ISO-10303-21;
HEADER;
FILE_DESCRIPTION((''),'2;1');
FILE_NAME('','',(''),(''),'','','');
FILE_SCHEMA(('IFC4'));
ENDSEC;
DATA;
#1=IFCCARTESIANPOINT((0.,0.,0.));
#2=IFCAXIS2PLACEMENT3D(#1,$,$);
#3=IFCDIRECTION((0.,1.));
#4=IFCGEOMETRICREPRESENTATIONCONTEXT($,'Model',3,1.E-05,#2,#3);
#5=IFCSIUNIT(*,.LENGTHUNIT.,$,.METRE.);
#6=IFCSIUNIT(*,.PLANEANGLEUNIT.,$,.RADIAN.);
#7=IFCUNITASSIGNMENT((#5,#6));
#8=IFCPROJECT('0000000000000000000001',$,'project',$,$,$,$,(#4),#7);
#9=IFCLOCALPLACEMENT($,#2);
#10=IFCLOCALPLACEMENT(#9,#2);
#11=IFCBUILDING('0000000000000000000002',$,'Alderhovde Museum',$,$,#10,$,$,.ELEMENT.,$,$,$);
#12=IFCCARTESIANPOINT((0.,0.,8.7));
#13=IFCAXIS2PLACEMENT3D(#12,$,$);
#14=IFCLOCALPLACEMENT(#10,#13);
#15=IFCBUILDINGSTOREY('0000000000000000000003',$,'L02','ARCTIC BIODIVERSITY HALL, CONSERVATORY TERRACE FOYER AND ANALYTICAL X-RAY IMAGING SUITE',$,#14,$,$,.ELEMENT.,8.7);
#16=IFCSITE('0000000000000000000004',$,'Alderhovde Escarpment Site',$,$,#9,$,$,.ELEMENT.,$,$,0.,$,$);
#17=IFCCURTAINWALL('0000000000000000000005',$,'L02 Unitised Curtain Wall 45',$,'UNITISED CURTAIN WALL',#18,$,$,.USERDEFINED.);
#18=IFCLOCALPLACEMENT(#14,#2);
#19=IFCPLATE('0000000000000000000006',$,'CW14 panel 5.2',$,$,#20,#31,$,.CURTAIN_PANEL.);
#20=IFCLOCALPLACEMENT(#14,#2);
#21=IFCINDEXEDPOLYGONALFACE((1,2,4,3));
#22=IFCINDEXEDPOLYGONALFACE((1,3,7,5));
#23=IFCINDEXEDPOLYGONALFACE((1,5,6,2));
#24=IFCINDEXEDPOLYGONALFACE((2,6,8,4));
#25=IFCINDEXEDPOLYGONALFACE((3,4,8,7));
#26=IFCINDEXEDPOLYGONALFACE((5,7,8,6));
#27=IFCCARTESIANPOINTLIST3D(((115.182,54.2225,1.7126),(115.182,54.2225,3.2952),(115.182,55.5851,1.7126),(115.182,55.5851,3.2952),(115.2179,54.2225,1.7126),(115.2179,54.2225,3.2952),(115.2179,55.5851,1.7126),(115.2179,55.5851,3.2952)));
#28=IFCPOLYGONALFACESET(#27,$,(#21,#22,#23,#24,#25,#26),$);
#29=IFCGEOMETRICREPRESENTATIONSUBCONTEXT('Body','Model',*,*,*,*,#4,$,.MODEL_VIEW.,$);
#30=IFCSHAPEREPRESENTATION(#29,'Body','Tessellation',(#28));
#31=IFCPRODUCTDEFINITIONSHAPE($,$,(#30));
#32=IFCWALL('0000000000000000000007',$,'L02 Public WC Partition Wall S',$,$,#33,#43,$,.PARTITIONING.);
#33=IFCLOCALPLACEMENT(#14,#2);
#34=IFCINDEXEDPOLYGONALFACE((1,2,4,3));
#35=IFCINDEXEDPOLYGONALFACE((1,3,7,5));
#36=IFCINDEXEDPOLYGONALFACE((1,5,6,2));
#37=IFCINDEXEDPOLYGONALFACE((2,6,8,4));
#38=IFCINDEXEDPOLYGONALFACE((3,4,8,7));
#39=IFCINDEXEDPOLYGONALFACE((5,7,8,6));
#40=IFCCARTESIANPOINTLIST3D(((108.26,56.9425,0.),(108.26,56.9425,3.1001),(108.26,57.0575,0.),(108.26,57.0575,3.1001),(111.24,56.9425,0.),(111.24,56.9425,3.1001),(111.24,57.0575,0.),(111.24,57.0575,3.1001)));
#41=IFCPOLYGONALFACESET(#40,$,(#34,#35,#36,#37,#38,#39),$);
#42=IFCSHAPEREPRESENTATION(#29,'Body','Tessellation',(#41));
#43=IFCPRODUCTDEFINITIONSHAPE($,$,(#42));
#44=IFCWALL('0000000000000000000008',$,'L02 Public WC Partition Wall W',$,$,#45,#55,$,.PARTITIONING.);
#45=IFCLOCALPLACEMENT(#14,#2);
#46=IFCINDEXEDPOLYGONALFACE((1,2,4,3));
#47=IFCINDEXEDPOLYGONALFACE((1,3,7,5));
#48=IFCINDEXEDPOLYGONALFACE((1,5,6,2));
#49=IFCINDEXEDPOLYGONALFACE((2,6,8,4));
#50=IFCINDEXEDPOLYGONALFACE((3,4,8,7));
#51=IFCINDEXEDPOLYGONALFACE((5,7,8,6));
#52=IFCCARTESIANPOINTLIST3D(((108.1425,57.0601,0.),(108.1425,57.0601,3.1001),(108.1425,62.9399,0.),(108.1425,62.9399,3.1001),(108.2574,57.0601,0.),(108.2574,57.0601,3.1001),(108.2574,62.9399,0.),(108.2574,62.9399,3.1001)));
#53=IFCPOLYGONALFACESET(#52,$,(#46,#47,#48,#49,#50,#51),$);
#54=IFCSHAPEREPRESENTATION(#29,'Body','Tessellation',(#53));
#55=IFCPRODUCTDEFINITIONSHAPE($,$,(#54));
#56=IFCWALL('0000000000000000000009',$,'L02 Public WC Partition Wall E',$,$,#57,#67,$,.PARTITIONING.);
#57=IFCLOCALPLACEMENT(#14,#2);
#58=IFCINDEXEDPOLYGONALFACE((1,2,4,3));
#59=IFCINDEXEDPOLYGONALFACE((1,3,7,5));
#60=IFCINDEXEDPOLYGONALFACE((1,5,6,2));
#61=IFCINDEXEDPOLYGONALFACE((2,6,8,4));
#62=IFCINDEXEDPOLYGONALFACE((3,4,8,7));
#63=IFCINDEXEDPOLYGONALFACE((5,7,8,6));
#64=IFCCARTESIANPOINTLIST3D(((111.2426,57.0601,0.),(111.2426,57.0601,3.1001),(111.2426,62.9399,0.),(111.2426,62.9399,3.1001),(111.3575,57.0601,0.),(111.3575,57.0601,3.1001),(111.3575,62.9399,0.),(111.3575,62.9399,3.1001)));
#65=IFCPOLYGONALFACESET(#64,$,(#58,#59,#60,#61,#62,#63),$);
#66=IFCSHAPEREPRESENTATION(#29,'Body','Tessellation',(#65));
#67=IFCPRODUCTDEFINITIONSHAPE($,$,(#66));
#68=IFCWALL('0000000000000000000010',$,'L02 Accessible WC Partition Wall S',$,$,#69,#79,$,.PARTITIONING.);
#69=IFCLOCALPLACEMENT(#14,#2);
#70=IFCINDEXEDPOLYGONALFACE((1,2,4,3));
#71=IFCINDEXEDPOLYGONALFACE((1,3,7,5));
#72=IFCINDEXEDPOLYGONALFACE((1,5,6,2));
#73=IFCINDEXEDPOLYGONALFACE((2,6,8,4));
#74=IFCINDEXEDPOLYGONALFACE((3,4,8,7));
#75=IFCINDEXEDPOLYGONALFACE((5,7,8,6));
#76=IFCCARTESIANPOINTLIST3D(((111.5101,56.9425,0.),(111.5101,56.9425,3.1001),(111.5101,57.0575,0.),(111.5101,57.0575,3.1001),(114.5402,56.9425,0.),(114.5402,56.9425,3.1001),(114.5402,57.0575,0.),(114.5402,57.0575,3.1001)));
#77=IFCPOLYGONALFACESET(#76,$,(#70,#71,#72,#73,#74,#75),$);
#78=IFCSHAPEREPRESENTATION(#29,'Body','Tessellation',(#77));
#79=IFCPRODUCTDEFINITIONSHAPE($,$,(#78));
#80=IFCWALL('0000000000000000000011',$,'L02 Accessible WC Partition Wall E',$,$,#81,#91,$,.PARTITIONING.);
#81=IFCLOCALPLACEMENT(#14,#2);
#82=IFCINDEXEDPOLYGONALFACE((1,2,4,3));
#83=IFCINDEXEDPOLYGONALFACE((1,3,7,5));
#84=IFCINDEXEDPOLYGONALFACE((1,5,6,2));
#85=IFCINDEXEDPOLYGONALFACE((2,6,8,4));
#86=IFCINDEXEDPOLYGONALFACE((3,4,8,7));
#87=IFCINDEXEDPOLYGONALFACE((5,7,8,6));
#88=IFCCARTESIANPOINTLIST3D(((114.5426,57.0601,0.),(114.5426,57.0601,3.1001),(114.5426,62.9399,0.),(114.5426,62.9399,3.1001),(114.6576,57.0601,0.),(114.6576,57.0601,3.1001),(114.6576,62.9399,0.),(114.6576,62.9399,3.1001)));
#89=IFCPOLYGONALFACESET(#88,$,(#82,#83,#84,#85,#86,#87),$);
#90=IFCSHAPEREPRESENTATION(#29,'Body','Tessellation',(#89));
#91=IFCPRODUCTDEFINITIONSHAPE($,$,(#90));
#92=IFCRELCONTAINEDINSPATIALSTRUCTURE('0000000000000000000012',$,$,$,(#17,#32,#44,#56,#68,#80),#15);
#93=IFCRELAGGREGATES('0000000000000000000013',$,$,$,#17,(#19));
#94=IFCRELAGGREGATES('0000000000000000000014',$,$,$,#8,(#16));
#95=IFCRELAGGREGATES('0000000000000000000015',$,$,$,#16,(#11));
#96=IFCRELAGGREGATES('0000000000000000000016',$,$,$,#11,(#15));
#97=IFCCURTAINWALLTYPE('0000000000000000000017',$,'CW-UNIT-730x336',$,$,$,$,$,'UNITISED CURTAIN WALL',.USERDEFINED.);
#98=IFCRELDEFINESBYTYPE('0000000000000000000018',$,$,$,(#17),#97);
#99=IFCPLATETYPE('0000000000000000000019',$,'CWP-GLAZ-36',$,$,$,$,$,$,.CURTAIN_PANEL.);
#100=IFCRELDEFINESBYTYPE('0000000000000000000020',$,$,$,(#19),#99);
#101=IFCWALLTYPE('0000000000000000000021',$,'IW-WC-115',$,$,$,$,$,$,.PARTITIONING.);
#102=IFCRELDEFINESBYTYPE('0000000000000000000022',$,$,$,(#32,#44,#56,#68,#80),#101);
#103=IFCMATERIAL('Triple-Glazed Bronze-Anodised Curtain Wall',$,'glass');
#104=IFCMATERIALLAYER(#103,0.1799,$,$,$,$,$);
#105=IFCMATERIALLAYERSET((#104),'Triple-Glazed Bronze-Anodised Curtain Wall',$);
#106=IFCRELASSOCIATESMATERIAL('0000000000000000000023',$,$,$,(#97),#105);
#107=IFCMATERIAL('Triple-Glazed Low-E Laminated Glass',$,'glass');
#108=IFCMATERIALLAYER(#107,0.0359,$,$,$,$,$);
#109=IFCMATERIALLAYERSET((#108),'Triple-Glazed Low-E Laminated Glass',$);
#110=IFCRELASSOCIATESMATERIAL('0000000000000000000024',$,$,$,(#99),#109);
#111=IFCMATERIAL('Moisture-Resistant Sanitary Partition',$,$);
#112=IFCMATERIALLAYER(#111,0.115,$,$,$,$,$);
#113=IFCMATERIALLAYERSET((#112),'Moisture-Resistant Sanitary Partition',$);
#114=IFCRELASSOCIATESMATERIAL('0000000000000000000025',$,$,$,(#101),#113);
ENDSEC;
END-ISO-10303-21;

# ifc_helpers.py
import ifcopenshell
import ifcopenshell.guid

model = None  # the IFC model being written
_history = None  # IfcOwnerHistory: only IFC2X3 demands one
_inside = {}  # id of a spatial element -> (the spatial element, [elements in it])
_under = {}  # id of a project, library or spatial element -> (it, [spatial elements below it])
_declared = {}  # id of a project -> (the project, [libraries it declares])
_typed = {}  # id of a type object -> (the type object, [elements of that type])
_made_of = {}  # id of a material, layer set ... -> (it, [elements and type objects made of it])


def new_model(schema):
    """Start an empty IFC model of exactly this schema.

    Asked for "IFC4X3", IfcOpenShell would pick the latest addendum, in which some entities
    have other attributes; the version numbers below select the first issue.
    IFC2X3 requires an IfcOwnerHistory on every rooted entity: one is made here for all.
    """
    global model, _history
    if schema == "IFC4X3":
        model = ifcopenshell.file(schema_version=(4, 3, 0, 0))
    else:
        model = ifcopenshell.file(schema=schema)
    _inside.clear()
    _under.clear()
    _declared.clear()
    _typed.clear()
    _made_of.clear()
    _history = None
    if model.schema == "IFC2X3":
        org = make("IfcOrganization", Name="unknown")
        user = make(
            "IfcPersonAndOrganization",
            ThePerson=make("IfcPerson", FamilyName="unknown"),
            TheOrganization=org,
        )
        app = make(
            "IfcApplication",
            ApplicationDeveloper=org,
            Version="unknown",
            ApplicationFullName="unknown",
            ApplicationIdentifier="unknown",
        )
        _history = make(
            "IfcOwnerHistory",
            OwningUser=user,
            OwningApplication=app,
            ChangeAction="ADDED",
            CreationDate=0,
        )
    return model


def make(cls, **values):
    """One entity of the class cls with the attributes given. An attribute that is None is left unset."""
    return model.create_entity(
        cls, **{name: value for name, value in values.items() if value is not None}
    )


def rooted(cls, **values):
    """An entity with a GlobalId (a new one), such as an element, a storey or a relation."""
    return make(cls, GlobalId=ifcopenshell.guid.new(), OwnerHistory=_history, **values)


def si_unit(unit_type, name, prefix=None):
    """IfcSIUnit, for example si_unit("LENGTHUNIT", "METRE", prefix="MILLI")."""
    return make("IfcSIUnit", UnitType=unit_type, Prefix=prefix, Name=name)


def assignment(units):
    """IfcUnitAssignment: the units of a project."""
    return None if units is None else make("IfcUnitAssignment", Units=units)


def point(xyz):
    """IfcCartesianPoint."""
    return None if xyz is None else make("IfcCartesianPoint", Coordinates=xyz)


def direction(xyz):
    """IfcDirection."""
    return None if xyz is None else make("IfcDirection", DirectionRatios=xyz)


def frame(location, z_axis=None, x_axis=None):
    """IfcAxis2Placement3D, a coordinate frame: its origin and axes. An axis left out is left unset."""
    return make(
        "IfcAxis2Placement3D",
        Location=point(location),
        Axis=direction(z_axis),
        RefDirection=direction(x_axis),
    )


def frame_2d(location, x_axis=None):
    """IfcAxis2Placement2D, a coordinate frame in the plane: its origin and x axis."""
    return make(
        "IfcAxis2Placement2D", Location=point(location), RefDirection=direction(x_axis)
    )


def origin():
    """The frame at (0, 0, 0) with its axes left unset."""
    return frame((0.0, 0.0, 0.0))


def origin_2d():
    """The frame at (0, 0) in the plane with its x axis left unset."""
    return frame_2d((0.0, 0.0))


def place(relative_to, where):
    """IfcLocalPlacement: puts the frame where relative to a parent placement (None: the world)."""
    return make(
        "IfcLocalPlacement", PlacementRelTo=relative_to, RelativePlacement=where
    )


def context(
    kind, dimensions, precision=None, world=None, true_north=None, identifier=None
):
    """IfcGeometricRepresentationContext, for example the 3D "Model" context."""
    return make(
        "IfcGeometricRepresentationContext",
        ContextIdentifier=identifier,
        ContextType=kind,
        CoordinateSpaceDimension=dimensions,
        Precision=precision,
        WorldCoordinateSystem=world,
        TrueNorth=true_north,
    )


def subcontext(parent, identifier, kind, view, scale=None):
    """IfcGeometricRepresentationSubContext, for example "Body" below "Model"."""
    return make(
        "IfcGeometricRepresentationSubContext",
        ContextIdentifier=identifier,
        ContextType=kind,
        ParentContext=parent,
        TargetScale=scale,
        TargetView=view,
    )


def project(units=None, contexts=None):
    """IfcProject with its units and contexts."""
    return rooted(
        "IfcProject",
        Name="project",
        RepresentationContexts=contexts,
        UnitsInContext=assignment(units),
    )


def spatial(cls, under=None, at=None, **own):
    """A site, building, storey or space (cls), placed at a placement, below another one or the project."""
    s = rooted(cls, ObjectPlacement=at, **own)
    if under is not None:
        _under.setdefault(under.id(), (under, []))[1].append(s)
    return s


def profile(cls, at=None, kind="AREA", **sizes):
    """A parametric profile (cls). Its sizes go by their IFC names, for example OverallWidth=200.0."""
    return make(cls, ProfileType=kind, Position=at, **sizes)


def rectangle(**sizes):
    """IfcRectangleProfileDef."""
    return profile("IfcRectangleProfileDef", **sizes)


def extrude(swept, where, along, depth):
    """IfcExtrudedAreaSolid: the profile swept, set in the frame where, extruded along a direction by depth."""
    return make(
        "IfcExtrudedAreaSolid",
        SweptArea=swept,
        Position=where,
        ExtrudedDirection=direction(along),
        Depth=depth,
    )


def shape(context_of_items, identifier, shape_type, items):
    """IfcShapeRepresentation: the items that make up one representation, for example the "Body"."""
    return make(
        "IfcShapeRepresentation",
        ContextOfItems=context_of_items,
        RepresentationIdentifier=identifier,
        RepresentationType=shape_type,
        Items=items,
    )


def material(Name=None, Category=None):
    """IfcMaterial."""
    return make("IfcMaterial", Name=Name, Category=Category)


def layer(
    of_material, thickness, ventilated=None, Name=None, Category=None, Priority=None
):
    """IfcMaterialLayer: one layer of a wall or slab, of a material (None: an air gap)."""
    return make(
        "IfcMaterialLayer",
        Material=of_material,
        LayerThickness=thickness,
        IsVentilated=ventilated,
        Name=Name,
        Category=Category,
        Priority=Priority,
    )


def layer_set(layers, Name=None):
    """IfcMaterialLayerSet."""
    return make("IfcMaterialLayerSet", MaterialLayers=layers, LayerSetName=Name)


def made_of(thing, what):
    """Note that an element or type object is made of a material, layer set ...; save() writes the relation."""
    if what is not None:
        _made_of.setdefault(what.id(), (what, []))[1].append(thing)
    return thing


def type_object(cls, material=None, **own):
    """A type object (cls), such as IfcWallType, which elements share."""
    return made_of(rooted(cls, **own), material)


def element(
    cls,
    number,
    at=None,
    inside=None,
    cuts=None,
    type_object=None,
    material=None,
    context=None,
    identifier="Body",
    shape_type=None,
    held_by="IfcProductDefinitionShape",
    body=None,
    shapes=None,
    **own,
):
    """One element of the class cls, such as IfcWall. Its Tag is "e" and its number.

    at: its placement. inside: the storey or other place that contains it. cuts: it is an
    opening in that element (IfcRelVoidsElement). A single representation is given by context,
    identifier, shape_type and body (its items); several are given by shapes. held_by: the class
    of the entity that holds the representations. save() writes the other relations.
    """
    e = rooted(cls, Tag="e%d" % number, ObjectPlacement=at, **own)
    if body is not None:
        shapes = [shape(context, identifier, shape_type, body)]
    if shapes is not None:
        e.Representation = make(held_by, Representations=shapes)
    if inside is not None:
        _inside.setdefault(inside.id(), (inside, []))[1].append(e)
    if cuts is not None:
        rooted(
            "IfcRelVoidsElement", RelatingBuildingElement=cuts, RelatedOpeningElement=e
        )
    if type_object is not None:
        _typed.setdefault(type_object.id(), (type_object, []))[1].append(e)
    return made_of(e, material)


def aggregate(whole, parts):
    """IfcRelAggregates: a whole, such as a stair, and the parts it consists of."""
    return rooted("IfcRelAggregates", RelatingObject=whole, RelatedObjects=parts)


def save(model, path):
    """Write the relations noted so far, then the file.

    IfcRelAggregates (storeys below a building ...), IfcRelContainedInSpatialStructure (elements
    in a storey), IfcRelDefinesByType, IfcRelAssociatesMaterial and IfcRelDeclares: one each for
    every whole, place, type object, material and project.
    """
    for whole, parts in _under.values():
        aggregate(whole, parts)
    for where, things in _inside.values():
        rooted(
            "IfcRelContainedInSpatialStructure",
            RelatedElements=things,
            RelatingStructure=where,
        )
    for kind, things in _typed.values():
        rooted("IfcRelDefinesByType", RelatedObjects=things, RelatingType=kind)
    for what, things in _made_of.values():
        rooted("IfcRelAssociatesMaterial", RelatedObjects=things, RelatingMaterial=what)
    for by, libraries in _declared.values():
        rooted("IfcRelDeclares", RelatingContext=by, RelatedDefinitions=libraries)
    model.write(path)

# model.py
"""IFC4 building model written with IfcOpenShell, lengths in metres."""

from ifc_helpers import new_model, si_unit, direction, frame, frame_2d, origin, origin_2d, place, context, subcontext, project, spatial, rectangle, extrude, material, layer, layer_set, type_object, element, aggregate, save


model = new_model("IFC4")

# Units and contexts
model_context = context("Model", 3, precision=1e-05, world=origin(), true_north=direction((0.0, 1.0)))
body_context = subcontext(model_context, "Body", "Model", "MODEL_VIEW")
ifc_project = project(units=[si_unit("LENGTHUNIT", "METRE"), si_unit("PLANEANGLEUNIT", "RADIAN")], contexts=[model_context])

# Site, building, storey
site_placement = place(None, origin())
site = spatial("IfcSite", under=ifc_project, at=site_placement, Name="Alderhovde Escarpment Site", CompositionType="ELEMENT", RefElevation=0.0)
building_placement = place(site_placement, origin())
building = spatial("IfcBuilding", under=site, at=building_placement, Name="Alderhovde Museum", CompositionType="ELEMENT")
storey_placement = place(building_placement, frame((0.0, 0.0, 8.7)))
storey = spatial("IfcBuildingStorey", under=building, at=storey_placement, Name="L02", Description="ARCTIC BIODIVERSITY HALL, CONSERVATORY TERRACE FOYER AND ANALYTICAL X-RAY IMAGING SUITE", CompositionType="ELEMENT", Elevation=8.7)

# Curtain wall
ifc_material_1 = material(Name="Triple-Glazed Bronze-Anodised Curtain Wall", Category="glass")
ifc_layer_1 = layer(ifc_material_1, 0.1799)
ifc_layer_set_1 = layer_set([ifc_layer_1], Name="Triple-Glazed Bronze-Anodised Curtain Wall")
curtain_wall_type = type_object("IfcCurtainWallType", Name="CW-UNIT-730x336", ElementType="UNITISED CURTAIN WALL", PredefinedType="USERDEFINED", material=ifc_layer_set_1)
curtain_wall_placement = place(storey_placement, origin())
curtain_wall = element("IfcCurtainWall", 1, at=curtain_wall_placement, inside=storey, type_object=curtain_wall_type, Name="L02 Unitised Curtain Wall 45", ObjectType="UNITISED CURTAIN WALL", PredefinedType="USERDEFINED")

# Plate
ifc_material_2 = material(Name="Triple-Glazed Low-E Laminated Glass", Category="glass")
ifc_layer_2 = layer(ifc_material_2, 0.0359)
ifc_layer_set_2 = layer_set([ifc_layer_2], Name="Triple-Glazed Low-E Laminated Glass")
plate_type = type_object("IfcPlateType", Name="CWP-GLAZ-36", PredefinedType="CURTAIN_PANEL", material=ifc_layer_set_2)
plate_1_placement = place(storey_placement, frame((115.2, 54.9038, 1.7126), z_axis=(0.0, 0.0, 1.0), x_axis=(0.0, 1.0, 0.0)))
plate_1 = element("IfcPlate", 2, at=plate_1_placement, type_object=plate_type, Name="CW14 panel 5.2", PredefinedType="CURTAIN_PANEL", context=body_context, shape_type="SweptSolid", body=[
    extrude(rectangle(XDim=1.3625, YDim=0.0359, at=origin_2d()), origin(), (0.0, 0.0, 1.0), 1.5825),
])
aggregate(curtain_wall, [plate_1])

# Walls
ifc_material_3 = material(Name="Moisture-Resistant Sanitary Partition")
ifc_layer_3 = layer(ifc_material_3, 0.115)
ifc_layer_set_3 = layer_set([ifc_layer_3], Name="Moisture-Resistant Sanitary Partition")
wall_type = type_object("IfcWallType", Name="IW-WC-115", PredefinedType="PARTITIONING", material=ifc_layer_set_3)
wall_1_placement = place(storey_placement, frame((108.26, 57.0, 0.0), z_axis=(0.0, 0.0, 1.0), x_axis=(1.0, 0.0, 0.0)))
element("IfcWall", 3, at=wall_1_placement, inside=storey, type_object=wall_type, Name="L02 Public WC Partition Wall S", PredefinedType="PARTITIONING", context=body_context, shape_type="SweptSolid", body=[
    extrude(rectangle(XDim=2.98, YDim=0.115, at=frame_2d((1.49, 0.0))), origin(), (0.0, 0.0, 1.0), 3.1001),
])
for number, where, z_axis, x_axis, name in (
    (4, (108.2, 57.0601, 0.0), (0.0, 0.0, 1.0), (0.0, 1.0, 0.0), "L02 Public WC Partition Wall W"),
    (5, (111.3, 57.0601, 0.0), (0.0, 0.0, 1.0), (0.0, 1.0, 0.0), "L02 Public WC Partition Wall E"),
):
    element("IfcWall", number, at=place(storey_placement, frame(where, z_axis=z_axis, x_axis=x_axis)), inside=storey, type_object=wall_type, Name=name, PredefinedType="PARTITIONING", context=body_context, shape_type="SweptSolid", body=[
        extrude(rectangle(XDim=5.8799, YDim=0.115, at=frame_2d((2.9399, 0.0))), origin(), (0.0, 0.0, 1.0), 3.1001),
    ])
wall_2_placement = place(storey_placement, frame((111.51, 57.0, 0.0), z_axis=(0.0, 0.0, 1.0), x_axis=(1.0, 0.0, 0.0)))
element("IfcWall", 6, at=wall_2_placement, inside=storey, type_object=wall_type, Name="L02 Accessible WC Partition Wall S", PredefinedType="PARTITIONING", context=body_context, shape_type="SweptSolid", body=[
    extrude(rectangle(XDim=3.03, YDim=0.115, at=frame_2d((1.5151, 0.0))), origin(), (0.0, 0.0, 1.0), 3.1001),
])
wall_3_placement = place(storey_placement, frame((114.6001, 57.0601, 0.0), z_axis=(0.0, 0.0, 1.0), x_axis=(0.0, 1.0, 0.0)))
element("IfcWall", 7, at=wall_3_placement, inside=storey, type_object=wall_type, Name="L02 Accessible WC Partition Wall E", PredefinedType="PARTITIONING", context=body_context, shape_type="SweptSolid", body=[
    extrude(rectangle(XDim=5.8799, YDim=0.115, at=frame_2d((2.9399, 0.0))), origin(), (0.0, 0.0, 1.0), 3.1001),
])

save(model, "model.ifc")
